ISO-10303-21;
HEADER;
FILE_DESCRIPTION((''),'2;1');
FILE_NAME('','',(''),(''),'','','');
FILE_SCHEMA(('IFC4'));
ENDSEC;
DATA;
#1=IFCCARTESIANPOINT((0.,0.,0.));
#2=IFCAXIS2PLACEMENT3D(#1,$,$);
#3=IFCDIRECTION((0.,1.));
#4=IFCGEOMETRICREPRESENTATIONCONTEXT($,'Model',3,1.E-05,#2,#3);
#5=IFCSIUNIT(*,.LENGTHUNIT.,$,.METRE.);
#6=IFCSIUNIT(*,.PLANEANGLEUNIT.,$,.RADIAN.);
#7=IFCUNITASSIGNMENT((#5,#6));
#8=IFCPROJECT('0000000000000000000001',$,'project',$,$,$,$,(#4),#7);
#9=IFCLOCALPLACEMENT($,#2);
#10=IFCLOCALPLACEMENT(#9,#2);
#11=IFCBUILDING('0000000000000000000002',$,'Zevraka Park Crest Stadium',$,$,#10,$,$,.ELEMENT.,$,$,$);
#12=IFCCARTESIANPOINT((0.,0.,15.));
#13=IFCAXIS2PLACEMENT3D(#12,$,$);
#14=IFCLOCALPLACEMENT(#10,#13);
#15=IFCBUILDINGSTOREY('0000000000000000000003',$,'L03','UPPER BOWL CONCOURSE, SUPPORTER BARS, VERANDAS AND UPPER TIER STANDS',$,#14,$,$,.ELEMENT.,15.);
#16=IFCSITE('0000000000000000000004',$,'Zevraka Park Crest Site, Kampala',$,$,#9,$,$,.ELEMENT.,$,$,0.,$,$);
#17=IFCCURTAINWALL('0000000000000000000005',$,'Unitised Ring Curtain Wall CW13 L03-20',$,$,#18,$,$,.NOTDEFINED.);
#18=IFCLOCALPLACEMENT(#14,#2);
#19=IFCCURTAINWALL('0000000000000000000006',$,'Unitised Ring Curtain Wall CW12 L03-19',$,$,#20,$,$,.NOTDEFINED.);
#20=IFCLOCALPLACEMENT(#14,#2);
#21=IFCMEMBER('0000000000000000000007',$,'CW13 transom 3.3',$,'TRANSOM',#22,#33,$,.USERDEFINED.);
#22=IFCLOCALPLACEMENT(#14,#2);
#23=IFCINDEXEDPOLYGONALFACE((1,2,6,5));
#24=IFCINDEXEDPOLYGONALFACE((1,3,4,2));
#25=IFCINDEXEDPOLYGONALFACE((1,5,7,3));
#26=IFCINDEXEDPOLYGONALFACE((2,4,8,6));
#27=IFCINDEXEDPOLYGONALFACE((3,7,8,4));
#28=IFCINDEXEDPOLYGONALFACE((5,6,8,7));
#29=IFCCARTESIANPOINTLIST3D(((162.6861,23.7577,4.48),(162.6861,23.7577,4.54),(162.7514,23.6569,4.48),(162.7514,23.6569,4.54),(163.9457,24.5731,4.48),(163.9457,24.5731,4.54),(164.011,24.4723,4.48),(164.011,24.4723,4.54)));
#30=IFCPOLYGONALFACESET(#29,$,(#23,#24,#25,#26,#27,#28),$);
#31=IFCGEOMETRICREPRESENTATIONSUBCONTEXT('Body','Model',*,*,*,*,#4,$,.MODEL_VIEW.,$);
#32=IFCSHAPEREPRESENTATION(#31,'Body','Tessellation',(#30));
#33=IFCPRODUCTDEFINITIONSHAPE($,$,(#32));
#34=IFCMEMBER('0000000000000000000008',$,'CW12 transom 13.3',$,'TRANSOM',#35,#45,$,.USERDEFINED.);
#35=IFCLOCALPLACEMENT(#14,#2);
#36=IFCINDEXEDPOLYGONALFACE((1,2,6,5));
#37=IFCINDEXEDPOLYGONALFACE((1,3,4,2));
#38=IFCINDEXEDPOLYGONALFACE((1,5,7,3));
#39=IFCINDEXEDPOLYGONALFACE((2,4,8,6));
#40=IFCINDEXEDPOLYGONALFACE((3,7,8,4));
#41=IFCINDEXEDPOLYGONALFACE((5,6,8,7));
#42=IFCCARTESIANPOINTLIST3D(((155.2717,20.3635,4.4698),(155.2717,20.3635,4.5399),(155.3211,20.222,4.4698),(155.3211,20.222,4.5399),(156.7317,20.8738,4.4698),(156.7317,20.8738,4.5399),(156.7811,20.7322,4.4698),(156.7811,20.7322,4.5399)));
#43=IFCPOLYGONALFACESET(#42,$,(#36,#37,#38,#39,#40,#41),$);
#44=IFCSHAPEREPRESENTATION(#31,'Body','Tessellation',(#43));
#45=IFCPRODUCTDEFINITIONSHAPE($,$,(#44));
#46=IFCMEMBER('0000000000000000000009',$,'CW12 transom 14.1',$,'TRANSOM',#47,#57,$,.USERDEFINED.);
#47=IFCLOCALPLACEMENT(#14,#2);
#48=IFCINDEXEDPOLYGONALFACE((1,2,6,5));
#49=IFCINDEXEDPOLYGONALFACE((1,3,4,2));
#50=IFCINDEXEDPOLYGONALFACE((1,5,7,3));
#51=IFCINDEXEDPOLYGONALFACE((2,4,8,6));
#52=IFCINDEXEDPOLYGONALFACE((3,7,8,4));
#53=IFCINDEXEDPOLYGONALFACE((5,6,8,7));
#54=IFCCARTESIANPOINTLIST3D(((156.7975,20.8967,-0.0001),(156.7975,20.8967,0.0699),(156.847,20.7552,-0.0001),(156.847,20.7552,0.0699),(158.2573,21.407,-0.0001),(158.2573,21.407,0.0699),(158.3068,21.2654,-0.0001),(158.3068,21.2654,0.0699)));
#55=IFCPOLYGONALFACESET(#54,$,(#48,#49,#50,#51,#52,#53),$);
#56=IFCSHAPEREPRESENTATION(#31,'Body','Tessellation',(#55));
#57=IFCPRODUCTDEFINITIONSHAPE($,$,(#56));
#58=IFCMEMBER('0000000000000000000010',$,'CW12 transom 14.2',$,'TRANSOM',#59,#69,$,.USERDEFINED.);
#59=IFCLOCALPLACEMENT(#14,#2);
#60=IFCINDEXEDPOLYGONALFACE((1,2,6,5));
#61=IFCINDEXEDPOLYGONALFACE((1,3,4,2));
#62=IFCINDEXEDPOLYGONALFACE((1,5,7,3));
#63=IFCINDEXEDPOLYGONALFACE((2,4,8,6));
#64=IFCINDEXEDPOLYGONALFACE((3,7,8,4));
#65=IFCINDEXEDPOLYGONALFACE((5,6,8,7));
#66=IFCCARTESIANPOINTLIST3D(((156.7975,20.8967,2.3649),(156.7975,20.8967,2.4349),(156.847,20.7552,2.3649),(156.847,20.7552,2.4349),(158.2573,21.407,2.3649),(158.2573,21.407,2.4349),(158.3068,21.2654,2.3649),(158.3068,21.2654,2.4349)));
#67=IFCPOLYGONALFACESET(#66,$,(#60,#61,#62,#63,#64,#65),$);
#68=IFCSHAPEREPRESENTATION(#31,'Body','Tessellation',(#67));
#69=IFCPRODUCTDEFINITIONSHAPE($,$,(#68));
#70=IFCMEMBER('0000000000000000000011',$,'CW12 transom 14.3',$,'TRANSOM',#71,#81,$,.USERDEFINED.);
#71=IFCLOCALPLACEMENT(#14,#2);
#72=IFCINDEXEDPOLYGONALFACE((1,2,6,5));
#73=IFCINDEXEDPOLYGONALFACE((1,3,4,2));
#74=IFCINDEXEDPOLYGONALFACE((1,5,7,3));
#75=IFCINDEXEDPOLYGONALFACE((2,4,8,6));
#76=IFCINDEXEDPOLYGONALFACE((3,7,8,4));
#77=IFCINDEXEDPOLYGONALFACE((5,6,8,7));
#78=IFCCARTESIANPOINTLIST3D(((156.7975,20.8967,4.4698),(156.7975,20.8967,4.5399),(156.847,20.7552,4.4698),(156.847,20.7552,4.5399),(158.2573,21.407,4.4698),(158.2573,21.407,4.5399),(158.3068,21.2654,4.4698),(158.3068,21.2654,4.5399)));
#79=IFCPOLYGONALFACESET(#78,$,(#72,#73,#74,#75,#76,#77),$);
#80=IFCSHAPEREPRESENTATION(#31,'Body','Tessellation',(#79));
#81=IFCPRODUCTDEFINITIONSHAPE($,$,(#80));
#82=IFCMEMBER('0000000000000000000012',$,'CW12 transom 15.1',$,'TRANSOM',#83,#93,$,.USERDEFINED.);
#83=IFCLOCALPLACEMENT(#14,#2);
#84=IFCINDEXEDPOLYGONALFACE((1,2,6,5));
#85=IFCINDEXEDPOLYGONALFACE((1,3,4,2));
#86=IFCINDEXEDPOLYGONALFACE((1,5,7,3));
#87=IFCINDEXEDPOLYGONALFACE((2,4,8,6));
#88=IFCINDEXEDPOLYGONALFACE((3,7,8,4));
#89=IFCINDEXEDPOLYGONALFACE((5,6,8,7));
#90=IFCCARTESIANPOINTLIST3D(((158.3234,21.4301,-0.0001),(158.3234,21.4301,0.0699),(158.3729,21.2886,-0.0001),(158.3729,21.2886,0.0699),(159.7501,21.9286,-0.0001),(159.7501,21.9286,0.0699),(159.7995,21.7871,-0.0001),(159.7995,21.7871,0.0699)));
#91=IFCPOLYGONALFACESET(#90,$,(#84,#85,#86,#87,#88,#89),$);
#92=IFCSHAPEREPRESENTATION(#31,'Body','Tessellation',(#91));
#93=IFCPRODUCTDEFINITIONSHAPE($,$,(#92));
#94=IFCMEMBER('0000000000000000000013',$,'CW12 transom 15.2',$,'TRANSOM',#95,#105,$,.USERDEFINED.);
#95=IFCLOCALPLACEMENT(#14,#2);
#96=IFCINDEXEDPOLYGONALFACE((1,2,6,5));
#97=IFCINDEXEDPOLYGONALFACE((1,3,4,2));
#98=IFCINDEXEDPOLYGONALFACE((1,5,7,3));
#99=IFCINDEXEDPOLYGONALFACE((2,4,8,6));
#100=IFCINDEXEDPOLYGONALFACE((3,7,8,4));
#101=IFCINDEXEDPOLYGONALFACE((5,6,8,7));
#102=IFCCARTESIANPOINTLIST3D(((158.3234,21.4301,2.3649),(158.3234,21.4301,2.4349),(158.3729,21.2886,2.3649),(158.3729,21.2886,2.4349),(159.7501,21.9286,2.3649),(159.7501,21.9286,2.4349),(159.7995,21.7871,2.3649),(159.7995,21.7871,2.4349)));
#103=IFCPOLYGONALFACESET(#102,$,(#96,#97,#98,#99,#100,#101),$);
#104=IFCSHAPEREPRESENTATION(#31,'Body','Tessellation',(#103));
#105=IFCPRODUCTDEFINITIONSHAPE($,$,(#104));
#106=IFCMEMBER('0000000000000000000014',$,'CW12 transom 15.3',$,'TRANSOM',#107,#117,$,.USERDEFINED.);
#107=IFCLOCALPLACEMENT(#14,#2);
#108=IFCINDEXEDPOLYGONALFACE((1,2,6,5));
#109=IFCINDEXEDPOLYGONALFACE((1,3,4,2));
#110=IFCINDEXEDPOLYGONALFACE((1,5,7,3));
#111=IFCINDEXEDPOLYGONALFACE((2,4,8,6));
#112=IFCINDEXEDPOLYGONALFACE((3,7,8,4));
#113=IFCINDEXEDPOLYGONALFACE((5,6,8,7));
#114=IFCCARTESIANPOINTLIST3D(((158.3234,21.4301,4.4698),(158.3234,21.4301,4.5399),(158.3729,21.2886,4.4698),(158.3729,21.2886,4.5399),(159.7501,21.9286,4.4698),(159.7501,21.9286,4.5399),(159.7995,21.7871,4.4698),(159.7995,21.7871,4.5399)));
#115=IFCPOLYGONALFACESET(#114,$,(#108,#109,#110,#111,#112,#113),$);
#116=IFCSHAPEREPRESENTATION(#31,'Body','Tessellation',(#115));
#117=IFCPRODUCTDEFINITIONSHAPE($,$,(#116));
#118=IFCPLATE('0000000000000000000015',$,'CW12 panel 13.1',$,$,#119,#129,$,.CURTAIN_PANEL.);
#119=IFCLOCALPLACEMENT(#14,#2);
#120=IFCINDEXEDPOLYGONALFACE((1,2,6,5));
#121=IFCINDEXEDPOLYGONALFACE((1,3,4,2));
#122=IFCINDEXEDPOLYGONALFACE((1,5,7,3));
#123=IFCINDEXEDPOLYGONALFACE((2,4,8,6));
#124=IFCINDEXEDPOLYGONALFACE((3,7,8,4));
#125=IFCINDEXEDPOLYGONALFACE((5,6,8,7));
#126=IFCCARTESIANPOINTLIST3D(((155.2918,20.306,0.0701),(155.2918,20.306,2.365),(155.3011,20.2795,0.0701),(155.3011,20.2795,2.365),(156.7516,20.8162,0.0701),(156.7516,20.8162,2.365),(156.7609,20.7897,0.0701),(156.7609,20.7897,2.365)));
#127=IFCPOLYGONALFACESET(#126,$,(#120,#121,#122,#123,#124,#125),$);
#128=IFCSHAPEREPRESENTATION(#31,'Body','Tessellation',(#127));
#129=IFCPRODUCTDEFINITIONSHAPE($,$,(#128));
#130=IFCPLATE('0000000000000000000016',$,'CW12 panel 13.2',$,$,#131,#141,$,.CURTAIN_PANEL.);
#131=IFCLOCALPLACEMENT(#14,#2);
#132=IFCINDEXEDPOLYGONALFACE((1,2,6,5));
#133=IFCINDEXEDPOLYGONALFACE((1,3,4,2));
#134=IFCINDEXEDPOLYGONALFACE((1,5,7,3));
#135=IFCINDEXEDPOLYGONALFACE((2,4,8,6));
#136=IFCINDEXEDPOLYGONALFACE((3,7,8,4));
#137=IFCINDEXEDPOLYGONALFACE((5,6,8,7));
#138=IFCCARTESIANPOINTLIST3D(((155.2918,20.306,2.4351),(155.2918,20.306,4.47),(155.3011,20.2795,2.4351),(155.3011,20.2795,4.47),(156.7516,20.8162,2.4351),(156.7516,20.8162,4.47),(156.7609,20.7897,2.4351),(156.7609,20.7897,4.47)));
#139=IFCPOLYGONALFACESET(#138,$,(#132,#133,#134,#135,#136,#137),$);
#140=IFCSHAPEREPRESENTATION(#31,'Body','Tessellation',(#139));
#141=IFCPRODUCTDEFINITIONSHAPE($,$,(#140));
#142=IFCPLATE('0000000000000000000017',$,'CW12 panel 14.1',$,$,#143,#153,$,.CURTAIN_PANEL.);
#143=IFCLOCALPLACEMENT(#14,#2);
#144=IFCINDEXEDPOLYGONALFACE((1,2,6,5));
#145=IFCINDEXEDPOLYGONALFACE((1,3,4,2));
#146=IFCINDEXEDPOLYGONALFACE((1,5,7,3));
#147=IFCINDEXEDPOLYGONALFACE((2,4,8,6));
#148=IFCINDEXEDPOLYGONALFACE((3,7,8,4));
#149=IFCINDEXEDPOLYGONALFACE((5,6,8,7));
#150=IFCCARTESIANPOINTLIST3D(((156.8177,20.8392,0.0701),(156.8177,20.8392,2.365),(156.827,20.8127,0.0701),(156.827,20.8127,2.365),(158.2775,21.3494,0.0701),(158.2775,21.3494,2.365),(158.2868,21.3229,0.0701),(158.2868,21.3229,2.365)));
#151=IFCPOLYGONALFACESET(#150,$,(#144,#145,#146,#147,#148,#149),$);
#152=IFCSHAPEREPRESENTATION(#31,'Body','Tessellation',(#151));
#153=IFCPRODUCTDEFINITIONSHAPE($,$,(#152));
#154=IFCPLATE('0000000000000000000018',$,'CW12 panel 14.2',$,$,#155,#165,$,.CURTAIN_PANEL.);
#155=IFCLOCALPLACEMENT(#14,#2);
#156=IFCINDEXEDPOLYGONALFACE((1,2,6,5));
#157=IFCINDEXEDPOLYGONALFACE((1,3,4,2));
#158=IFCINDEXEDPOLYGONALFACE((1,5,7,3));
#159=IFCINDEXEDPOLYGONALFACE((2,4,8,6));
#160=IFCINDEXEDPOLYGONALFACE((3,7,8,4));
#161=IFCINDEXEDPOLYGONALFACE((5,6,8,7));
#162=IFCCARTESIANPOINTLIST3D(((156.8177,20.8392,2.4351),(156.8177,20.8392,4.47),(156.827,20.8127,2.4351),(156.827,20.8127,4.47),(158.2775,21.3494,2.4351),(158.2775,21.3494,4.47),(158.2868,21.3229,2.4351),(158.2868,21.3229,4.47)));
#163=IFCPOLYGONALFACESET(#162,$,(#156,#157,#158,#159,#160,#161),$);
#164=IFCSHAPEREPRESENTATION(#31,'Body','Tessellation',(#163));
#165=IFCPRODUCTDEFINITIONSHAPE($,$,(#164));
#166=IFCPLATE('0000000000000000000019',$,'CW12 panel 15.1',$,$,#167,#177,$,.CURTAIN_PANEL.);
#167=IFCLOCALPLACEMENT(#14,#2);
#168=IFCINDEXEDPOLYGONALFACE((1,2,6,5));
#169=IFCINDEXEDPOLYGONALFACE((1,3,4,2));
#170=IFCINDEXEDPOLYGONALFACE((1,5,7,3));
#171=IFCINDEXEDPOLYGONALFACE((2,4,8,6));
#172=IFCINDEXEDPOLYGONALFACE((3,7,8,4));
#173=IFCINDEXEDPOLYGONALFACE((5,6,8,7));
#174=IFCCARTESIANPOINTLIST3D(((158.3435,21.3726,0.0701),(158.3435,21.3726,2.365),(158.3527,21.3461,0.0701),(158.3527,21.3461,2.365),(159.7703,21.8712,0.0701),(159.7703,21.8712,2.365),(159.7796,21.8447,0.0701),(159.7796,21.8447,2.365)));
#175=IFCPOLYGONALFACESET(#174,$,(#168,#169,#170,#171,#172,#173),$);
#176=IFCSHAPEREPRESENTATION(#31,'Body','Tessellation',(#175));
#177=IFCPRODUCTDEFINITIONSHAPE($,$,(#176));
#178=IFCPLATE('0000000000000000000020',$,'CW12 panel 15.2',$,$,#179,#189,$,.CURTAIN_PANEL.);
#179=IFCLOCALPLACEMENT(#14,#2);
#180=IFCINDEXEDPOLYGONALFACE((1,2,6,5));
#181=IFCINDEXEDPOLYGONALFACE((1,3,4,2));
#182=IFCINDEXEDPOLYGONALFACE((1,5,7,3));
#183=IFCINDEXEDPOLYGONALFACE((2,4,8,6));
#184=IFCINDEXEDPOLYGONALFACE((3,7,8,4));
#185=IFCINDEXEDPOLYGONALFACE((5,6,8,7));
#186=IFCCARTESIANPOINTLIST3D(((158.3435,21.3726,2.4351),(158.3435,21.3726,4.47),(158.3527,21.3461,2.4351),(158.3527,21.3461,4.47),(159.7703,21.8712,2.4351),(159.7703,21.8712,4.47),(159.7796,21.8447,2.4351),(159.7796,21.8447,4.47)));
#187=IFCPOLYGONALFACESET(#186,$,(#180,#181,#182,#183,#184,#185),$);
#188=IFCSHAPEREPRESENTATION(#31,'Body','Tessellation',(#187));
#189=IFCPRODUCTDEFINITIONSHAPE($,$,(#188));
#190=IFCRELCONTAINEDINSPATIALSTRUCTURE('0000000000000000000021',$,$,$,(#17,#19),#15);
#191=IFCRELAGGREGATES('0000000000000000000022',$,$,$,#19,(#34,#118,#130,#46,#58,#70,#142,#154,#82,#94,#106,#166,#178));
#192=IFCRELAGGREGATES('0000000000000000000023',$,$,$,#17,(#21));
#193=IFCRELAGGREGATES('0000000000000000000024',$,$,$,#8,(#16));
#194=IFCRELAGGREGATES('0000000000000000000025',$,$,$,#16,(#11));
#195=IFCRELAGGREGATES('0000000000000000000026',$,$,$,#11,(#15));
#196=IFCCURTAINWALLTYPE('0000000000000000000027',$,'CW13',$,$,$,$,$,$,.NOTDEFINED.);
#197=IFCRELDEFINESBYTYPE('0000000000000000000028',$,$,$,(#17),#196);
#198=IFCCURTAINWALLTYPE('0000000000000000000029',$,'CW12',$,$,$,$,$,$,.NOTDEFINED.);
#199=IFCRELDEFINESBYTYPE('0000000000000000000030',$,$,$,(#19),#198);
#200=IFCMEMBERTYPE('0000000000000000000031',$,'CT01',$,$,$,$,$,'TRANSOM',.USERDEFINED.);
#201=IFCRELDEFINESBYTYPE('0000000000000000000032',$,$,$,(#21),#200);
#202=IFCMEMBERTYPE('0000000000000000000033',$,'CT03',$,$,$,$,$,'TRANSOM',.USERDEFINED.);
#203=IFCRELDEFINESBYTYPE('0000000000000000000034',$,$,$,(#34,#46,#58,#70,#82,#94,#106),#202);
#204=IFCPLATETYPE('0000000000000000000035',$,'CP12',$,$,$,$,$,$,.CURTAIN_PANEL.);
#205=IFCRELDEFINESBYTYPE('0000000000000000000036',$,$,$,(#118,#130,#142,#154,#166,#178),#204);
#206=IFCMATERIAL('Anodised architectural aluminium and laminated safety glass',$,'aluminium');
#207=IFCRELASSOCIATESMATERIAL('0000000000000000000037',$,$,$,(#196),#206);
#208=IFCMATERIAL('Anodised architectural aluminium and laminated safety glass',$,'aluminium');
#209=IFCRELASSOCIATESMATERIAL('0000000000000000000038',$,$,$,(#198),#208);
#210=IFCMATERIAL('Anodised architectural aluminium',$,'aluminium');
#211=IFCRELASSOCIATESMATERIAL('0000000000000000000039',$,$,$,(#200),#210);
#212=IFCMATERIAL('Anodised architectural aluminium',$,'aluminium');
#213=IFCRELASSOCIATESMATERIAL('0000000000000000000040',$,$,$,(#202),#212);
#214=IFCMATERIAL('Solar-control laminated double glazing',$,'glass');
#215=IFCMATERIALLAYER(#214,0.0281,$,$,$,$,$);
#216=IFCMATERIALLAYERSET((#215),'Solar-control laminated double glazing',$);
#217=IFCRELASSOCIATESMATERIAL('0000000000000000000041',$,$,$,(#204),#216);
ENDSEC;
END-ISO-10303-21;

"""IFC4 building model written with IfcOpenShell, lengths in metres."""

from ifc_helpers import new_model, si_unit, direction, frame, origin, origin_2d, place, context, subcontext, project, spatial, rectangle, extrude, material, layer, layer_set, material_profile, profile_set, type_object, element, aggregate, save


model = new_model("IFC4")

# Units and contexts
model_context = context("Model", 3, precision=1e-05, world=origin(), true_north=direction((0.0, 1.0)))
body_context = subcontext(model_context, "Body", "Model", "MODEL_VIEW")
ifc_project = project(units=[si_unit("LENGTHUNIT", "METRE"), si_unit("PLANEANGLEUNIT", "RADIAN")], contexts=[model_context])

# Site, building, storey
site_placement = place(None, origin())
site = spatial("IfcSite", under=ifc_project, at=site_placement, Name="Zevraka Park Crest Site, Kampala", CompositionType="ELEMENT", RefElevation=0.0)
building_placement = place(site_placement, origin())
building = spatial("IfcBuilding", under=site, at=building_placement, Name="Zevraka Park Crest Stadium", CompositionType="ELEMENT")
storey_placement = place(building_placement, frame((0.0, 0.0, 15.0)))
storey = spatial("IfcBuildingStorey", under=building, at=storey_placement, Name="L03", Description="UPPER BOWL CONCOURSE, SUPPORTER BARS, VERANDAS AND UPPER TIER STANDS", CompositionType="ELEMENT", Elevation=15.0)

# Curtain walls
ifc_material_1 = material(Name="Anodised architectural aluminium and laminated safety glass", Category="aluminium")
curtain_wall_type_1 = type_object("IfcCurtainWallType", Name="CW13", PredefinedType="NOTDEFINED", material=ifc_material_1)
curtain_wall_1_placement = place(storey_placement, origin())
curtain_wall_1 = element("IfcCurtainWall", 1, at=curtain_wall_1_placement, inside=storey, type_object=curtain_wall_type_1, Name="Unitised Ring Curtain Wall CW13 L03-20", PredefinedType="NOTDEFINED")
ifc_material_2 = material(Name="Anodised architectural aluminium and laminated safety glass", Category="aluminium")
curtain_wall_type_2 = type_object("IfcCurtainWallType", Name="CW12", PredefinedType="NOTDEFINED", material=ifc_material_2)
curtain_wall_2_placement = place(storey_placement, origin())
curtain_wall_2 = element("IfcCurtainWall", 2, at=curtain_wall_2_placement, inside=storey, type_object=curtain_wall_type_2, Name="Unitised Ring Curtain Wall CW12 L03-19", PredefinedType="NOTDEFINED")

# Members
ifc_material_3 = material(Name="Anodised architectural aluminium", Category="aluminium")
ifc_material_profile_1 = material_profile(ifc_material_3, rectangle(XDim=0.1201, YDim=0.0601, at=origin_2d()), Name="ALU TRANSOM 120x60")
ifc_profile_set_1 = profile_set([ifc_material_profile_1], Name="Anodised architectural aluminium")
member_type_1 = type_object("IfcMemberType", Name="CT01", ElementType="TRANSOM", PredefinedType="USERDEFINED", material=ifc_profile_set_1)
member_1_placement = place(storey_placement, frame((162.7188, 23.7073, 4.51), z_axis=(0.839435, 0.54346, 0.0), x_axis=(-0.54346, 0.839435, 0.0)))
member_1 = element("IfcMember", 3, at=member_1_placement, type_object=member_type_1, Name="CW13 transom 3.3", ObjectType="TRANSOM", PredefinedType="USERDEFINED", context=body_context, shape_type="SweptSolid", body=[
    extrude(rectangle(XDim=0.1201, YDim=0.0601, at=origin_2d()), origin(), (0.0, 0.0, 1.0), 1.5005),
])
ifc_material_4 = material(Name="Anodised architectural aluminium", Category="aluminium")
ifc_material_profile_2 = material_profile(ifc_material_4, rectangle(XDim=0.1499, YDim=0.0701, at=origin_2d()), Name="ALU TRANSOM 150x70")
ifc_profile_set_2 = profile_set([ifc_material_profile_2], Name="Anodised architectural aluminium")
member_type_2 = type_object("IfcMemberType", Name="CT03", ElementType="TRANSOM", PredefinedType="USERDEFINED", material=ifc_profile_set_2)
member_2_placement = place(storey_placement, frame((155.2964, 20.2927, 4.5049), z_axis=(0.944006, 0.329928, 0.0), x_axis=(-0.329928, 0.944006, 0.0)))
member_2 = element("IfcMember", 4, at=member_2_placement, type_object=member_type_2, Name="CW12 transom 13.3", ObjectType="TRANSOM", PredefinedType="USERDEFINED", context=body_context, shape_type="SweptSolid", body=[
    extrude(rectangle(XDim=0.1499, YDim=0.0701, at=origin_2d()), origin(), (0.0, 0.0, 1.0), 1.5466),
])
member_3_placement = place(storey_placement, frame((156.8223, 20.8259, 0.0349), z_axis=(0.943989, 0.329978, 0.0), x_axis=(-0.329978, 0.943989, 0.0)))
member_3 = element("IfcMember", 5, at=member_3_placement, type_object=member_type_2, Name="CW12 transom 14.1", ObjectType="TRANSOM", PredefinedType="USERDEFINED", context=body_context, shape_type="SweptSolid", body=[
    extrude(rectangle(XDim=0.1499, YDim=0.0701, at=origin_2d()), origin(), (0.0, 0.0, 1.0), 1.5464),
])
member_4_placement = place(storey_placement, frame((156.8223, 20.8259, 2.3999), z_axis=(0.943989, 0.329978, 0.0), x_axis=(-0.329978, 0.943989, 0.0)))
member_4 = element("IfcMember", 6, at=member_4_placement, type_object=member_type_2, Name="CW12 transom 14.2", ObjectType="TRANSOM", PredefinedType="USERDEFINED", context=body_context, shape_type="SweptSolid", body=[
    extrude(rectangle(XDim=0.1499, YDim=0.0701, at=origin_2d()), origin(), (0.0, 0.0, 1.0), 1.5464),
])
member_5_placement = place(storey_placement, frame((156.8223, 20.8259, 4.5049), z_axis=(0.943989, 0.329978, 0.0), x_axis=(-0.329978, 0.943989, 0.0)))
member_5 = element("IfcMember", 7, at=member_5_placement, type_object=member_type_2, Name="CW12 transom 14.3", ObjectType="TRANSOM", PredefinedType="USERDEFINED", context=body_context, shape_type="SweptSolid", body=[
    extrude(rectangle(XDim=0.1499, YDim=0.0701, at=origin_2d()), origin(), (0.0, 0.0, 1.0), 1.5464),
])
member_6_placement = place(storey_placement, frame((158.3481, 21.3594, 0.0349), z_axis=(0.944029, 0.329861, 0.0), x_axis=(-0.329861, 0.944029, 0.0)))
member_6 = element("IfcMember", 8, at=member_6_placement, type_object=member_type_2, Name="CW12 transom 15.1", ObjectType="TRANSOM", PredefinedType="USERDEFINED", context=body_context, shape_type="SweptSolid", body=[
    extrude(rectangle(XDim=0.1499, YDim=0.0701, at=origin_2d()), origin(), (0.0, 0.0, 1.0), 1.5112),
])
member_7_placement = place(storey_placement, frame((158.3481, 21.3594, 2.3999), z_axis=(0.944029, 0.329861, 0.0), x_axis=(-0.329861, 0.944029, 0.0)))
member_7 = element("IfcMember", 9, at=member_7_placement, type_object=member_type_2, Name="CW12 transom 15.2", ObjectType="TRANSOM", PredefinedType="USERDEFINED", context=body_context, shape_type="SweptSolid", body=[
    extrude(rectangle(XDim=0.1499, YDim=0.0701, at=origin_2d()), origin(), (0.0, 0.0, 1.0), 1.5112),
])
member_8_placement = place(storey_placement, frame((158.3481, 21.3594, 4.5049), z_axis=(0.944029, 0.329861, 0.0), x_axis=(-0.329861, 0.944029, 0.0)))
member_8 = element("IfcMember", 10, at=member_8_placement, type_object=member_type_2, Name="CW12 transom 15.3", ObjectType="TRANSOM", PredefinedType="USERDEFINED", context=body_context, shape_type="SweptSolid", body=[
    extrude(rectangle(XDim=0.1499, YDim=0.0701, at=origin_2d()), origin(), (0.0, 0.0, 1.0), 1.5112),
])

# Plates
ifc_material_5 = material(Name="Solar-control laminated double glazing", Category="glass")
ifc_layer_1 = layer(ifc_material_5, 0.0281)
ifc_layer_set_1 = layer_set([ifc_layer_1], Name="Solar-control laminated double glazing")
plate_type_1 = type_object("IfcPlateType", Name="CP12", PredefinedType="CURTAIN_PANEL", material=ifc_layer_set_1)
plate_1_placement = place(storey_placement, frame((156.0264, 20.5479, 0.0701), z_axis=(0.0, 0.0, 1.0), x_axis=(0.94401, 0.329917, 0.0)))
plate_1 = element("IfcPlate", 11, at=plate_1_placement, type_object=plate_type_1, Name="CW12 panel 13.1", PredefinedType="CURTAIN_PANEL", context=body_context, shape_type="SweptSolid", body=[
    extrude(rectangle(XDim=1.5464, YDim=0.0281, at=origin_2d()), origin(), (0.0, 0.0, 1.0), 2.2949),
])
plate_2_placement = place(storey_placement, frame((156.0264, 20.5479, 2.4351), z_axis=(0.0, 0.0, 1.0), x_axis=(0.94401, 0.329917, 0.0)))
plate_2 = element("IfcPlate", 12, at=plate_2_placement, type_object=plate_type_1, Name="CW12 panel 13.2", PredefinedType="CURTAIN_PANEL", context=body_context, shape_type="SweptSolid", body=[
    extrude(rectangle(XDim=1.5464, YDim=0.0281, at=origin_2d()), origin(), (0.0, 0.0, 1.0), 2.0349),
])
plate_3_placement = place(storey_placement, frame((157.5522, 21.0811, 0.0701), z_axis=(0.0, 0.0, 1.0), x_axis=(0.94401, 0.329917, 0.0)))
plate_3 = element("IfcPlate", 13, at=plate_3_placement, type_object=plate_type_1, Name="CW12 panel 14.1", PredefinedType="CURTAIN_PANEL", context=body_context, shape_type="SweptSolid", body=[
    extrude(rectangle(XDim=1.5464, YDim=0.0281, at=origin_2d()), origin(), (0.0, 0.0, 1.0), 2.2949),
])
plate_4_placement = place(storey_placement, frame((157.5522, 21.0811, 2.4351), z_axis=(0.0, 0.0, 1.0), x_axis=(0.94401, 0.329917, 0.0)))
plate_4 = element("IfcPlate", 14, at=plate_4_placement, type_object=plate_type_1, Name="CW12 panel 14.2", PredefinedType="CURTAIN_PANEL", context=body_context, shape_type="SweptSolid", body=[
    extrude(rectangle(XDim=1.5464, YDim=0.0281, at=origin_2d()), origin(), (0.0, 0.0, 1.0), 2.0349),
])
plate_5_placement = place(storey_placement, frame((159.0615, 21.6086, 0.0701), z_axis=(0.0, 0.0, 1.0), x_axis=(0.94401, 0.329917, 0.0)))
plate_5 = element("IfcPlate", 15, at=plate_5_placement, type_object=plate_type_1, Name="CW12 panel 15.1", PredefinedType="CURTAIN_PANEL", context=body_context, shape_type="SweptSolid", body=[
    extrude(rectangle(XDim=1.5115, YDim=0.0281, at=origin_2d()), origin(), (0.0, 0.0, 1.0), 2.2949),
])
plate_6_placement = place(storey_placement, frame((159.0615, 21.6086, 2.4351), z_axis=(0.0, 0.0, 1.0), x_axis=(0.94401, 0.329917, 0.0)))
plate_6 = element("IfcPlate", 16, at=plate_6_placement, type_object=plate_type_1, Name="CW12 panel 15.2", PredefinedType="CURTAIN_PANEL", context=body_context, shape_type="SweptSolid", body=[
    extrude(rectangle(XDim=1.5115, YDim=0.0281, at=origin_2d()), origin(), (0.0, 0.0, 1.0), 2.0349),
])
aggregate(curtain_wall_2, [member_2, plate_1, plate_2, member_3, member_4, member_5, plate_3, plate_4, member_6, member_7, member_8, plate_5, plate_6])
aggregate(curtain_wall_1, [member_1])

save(model, "model.ifc")
